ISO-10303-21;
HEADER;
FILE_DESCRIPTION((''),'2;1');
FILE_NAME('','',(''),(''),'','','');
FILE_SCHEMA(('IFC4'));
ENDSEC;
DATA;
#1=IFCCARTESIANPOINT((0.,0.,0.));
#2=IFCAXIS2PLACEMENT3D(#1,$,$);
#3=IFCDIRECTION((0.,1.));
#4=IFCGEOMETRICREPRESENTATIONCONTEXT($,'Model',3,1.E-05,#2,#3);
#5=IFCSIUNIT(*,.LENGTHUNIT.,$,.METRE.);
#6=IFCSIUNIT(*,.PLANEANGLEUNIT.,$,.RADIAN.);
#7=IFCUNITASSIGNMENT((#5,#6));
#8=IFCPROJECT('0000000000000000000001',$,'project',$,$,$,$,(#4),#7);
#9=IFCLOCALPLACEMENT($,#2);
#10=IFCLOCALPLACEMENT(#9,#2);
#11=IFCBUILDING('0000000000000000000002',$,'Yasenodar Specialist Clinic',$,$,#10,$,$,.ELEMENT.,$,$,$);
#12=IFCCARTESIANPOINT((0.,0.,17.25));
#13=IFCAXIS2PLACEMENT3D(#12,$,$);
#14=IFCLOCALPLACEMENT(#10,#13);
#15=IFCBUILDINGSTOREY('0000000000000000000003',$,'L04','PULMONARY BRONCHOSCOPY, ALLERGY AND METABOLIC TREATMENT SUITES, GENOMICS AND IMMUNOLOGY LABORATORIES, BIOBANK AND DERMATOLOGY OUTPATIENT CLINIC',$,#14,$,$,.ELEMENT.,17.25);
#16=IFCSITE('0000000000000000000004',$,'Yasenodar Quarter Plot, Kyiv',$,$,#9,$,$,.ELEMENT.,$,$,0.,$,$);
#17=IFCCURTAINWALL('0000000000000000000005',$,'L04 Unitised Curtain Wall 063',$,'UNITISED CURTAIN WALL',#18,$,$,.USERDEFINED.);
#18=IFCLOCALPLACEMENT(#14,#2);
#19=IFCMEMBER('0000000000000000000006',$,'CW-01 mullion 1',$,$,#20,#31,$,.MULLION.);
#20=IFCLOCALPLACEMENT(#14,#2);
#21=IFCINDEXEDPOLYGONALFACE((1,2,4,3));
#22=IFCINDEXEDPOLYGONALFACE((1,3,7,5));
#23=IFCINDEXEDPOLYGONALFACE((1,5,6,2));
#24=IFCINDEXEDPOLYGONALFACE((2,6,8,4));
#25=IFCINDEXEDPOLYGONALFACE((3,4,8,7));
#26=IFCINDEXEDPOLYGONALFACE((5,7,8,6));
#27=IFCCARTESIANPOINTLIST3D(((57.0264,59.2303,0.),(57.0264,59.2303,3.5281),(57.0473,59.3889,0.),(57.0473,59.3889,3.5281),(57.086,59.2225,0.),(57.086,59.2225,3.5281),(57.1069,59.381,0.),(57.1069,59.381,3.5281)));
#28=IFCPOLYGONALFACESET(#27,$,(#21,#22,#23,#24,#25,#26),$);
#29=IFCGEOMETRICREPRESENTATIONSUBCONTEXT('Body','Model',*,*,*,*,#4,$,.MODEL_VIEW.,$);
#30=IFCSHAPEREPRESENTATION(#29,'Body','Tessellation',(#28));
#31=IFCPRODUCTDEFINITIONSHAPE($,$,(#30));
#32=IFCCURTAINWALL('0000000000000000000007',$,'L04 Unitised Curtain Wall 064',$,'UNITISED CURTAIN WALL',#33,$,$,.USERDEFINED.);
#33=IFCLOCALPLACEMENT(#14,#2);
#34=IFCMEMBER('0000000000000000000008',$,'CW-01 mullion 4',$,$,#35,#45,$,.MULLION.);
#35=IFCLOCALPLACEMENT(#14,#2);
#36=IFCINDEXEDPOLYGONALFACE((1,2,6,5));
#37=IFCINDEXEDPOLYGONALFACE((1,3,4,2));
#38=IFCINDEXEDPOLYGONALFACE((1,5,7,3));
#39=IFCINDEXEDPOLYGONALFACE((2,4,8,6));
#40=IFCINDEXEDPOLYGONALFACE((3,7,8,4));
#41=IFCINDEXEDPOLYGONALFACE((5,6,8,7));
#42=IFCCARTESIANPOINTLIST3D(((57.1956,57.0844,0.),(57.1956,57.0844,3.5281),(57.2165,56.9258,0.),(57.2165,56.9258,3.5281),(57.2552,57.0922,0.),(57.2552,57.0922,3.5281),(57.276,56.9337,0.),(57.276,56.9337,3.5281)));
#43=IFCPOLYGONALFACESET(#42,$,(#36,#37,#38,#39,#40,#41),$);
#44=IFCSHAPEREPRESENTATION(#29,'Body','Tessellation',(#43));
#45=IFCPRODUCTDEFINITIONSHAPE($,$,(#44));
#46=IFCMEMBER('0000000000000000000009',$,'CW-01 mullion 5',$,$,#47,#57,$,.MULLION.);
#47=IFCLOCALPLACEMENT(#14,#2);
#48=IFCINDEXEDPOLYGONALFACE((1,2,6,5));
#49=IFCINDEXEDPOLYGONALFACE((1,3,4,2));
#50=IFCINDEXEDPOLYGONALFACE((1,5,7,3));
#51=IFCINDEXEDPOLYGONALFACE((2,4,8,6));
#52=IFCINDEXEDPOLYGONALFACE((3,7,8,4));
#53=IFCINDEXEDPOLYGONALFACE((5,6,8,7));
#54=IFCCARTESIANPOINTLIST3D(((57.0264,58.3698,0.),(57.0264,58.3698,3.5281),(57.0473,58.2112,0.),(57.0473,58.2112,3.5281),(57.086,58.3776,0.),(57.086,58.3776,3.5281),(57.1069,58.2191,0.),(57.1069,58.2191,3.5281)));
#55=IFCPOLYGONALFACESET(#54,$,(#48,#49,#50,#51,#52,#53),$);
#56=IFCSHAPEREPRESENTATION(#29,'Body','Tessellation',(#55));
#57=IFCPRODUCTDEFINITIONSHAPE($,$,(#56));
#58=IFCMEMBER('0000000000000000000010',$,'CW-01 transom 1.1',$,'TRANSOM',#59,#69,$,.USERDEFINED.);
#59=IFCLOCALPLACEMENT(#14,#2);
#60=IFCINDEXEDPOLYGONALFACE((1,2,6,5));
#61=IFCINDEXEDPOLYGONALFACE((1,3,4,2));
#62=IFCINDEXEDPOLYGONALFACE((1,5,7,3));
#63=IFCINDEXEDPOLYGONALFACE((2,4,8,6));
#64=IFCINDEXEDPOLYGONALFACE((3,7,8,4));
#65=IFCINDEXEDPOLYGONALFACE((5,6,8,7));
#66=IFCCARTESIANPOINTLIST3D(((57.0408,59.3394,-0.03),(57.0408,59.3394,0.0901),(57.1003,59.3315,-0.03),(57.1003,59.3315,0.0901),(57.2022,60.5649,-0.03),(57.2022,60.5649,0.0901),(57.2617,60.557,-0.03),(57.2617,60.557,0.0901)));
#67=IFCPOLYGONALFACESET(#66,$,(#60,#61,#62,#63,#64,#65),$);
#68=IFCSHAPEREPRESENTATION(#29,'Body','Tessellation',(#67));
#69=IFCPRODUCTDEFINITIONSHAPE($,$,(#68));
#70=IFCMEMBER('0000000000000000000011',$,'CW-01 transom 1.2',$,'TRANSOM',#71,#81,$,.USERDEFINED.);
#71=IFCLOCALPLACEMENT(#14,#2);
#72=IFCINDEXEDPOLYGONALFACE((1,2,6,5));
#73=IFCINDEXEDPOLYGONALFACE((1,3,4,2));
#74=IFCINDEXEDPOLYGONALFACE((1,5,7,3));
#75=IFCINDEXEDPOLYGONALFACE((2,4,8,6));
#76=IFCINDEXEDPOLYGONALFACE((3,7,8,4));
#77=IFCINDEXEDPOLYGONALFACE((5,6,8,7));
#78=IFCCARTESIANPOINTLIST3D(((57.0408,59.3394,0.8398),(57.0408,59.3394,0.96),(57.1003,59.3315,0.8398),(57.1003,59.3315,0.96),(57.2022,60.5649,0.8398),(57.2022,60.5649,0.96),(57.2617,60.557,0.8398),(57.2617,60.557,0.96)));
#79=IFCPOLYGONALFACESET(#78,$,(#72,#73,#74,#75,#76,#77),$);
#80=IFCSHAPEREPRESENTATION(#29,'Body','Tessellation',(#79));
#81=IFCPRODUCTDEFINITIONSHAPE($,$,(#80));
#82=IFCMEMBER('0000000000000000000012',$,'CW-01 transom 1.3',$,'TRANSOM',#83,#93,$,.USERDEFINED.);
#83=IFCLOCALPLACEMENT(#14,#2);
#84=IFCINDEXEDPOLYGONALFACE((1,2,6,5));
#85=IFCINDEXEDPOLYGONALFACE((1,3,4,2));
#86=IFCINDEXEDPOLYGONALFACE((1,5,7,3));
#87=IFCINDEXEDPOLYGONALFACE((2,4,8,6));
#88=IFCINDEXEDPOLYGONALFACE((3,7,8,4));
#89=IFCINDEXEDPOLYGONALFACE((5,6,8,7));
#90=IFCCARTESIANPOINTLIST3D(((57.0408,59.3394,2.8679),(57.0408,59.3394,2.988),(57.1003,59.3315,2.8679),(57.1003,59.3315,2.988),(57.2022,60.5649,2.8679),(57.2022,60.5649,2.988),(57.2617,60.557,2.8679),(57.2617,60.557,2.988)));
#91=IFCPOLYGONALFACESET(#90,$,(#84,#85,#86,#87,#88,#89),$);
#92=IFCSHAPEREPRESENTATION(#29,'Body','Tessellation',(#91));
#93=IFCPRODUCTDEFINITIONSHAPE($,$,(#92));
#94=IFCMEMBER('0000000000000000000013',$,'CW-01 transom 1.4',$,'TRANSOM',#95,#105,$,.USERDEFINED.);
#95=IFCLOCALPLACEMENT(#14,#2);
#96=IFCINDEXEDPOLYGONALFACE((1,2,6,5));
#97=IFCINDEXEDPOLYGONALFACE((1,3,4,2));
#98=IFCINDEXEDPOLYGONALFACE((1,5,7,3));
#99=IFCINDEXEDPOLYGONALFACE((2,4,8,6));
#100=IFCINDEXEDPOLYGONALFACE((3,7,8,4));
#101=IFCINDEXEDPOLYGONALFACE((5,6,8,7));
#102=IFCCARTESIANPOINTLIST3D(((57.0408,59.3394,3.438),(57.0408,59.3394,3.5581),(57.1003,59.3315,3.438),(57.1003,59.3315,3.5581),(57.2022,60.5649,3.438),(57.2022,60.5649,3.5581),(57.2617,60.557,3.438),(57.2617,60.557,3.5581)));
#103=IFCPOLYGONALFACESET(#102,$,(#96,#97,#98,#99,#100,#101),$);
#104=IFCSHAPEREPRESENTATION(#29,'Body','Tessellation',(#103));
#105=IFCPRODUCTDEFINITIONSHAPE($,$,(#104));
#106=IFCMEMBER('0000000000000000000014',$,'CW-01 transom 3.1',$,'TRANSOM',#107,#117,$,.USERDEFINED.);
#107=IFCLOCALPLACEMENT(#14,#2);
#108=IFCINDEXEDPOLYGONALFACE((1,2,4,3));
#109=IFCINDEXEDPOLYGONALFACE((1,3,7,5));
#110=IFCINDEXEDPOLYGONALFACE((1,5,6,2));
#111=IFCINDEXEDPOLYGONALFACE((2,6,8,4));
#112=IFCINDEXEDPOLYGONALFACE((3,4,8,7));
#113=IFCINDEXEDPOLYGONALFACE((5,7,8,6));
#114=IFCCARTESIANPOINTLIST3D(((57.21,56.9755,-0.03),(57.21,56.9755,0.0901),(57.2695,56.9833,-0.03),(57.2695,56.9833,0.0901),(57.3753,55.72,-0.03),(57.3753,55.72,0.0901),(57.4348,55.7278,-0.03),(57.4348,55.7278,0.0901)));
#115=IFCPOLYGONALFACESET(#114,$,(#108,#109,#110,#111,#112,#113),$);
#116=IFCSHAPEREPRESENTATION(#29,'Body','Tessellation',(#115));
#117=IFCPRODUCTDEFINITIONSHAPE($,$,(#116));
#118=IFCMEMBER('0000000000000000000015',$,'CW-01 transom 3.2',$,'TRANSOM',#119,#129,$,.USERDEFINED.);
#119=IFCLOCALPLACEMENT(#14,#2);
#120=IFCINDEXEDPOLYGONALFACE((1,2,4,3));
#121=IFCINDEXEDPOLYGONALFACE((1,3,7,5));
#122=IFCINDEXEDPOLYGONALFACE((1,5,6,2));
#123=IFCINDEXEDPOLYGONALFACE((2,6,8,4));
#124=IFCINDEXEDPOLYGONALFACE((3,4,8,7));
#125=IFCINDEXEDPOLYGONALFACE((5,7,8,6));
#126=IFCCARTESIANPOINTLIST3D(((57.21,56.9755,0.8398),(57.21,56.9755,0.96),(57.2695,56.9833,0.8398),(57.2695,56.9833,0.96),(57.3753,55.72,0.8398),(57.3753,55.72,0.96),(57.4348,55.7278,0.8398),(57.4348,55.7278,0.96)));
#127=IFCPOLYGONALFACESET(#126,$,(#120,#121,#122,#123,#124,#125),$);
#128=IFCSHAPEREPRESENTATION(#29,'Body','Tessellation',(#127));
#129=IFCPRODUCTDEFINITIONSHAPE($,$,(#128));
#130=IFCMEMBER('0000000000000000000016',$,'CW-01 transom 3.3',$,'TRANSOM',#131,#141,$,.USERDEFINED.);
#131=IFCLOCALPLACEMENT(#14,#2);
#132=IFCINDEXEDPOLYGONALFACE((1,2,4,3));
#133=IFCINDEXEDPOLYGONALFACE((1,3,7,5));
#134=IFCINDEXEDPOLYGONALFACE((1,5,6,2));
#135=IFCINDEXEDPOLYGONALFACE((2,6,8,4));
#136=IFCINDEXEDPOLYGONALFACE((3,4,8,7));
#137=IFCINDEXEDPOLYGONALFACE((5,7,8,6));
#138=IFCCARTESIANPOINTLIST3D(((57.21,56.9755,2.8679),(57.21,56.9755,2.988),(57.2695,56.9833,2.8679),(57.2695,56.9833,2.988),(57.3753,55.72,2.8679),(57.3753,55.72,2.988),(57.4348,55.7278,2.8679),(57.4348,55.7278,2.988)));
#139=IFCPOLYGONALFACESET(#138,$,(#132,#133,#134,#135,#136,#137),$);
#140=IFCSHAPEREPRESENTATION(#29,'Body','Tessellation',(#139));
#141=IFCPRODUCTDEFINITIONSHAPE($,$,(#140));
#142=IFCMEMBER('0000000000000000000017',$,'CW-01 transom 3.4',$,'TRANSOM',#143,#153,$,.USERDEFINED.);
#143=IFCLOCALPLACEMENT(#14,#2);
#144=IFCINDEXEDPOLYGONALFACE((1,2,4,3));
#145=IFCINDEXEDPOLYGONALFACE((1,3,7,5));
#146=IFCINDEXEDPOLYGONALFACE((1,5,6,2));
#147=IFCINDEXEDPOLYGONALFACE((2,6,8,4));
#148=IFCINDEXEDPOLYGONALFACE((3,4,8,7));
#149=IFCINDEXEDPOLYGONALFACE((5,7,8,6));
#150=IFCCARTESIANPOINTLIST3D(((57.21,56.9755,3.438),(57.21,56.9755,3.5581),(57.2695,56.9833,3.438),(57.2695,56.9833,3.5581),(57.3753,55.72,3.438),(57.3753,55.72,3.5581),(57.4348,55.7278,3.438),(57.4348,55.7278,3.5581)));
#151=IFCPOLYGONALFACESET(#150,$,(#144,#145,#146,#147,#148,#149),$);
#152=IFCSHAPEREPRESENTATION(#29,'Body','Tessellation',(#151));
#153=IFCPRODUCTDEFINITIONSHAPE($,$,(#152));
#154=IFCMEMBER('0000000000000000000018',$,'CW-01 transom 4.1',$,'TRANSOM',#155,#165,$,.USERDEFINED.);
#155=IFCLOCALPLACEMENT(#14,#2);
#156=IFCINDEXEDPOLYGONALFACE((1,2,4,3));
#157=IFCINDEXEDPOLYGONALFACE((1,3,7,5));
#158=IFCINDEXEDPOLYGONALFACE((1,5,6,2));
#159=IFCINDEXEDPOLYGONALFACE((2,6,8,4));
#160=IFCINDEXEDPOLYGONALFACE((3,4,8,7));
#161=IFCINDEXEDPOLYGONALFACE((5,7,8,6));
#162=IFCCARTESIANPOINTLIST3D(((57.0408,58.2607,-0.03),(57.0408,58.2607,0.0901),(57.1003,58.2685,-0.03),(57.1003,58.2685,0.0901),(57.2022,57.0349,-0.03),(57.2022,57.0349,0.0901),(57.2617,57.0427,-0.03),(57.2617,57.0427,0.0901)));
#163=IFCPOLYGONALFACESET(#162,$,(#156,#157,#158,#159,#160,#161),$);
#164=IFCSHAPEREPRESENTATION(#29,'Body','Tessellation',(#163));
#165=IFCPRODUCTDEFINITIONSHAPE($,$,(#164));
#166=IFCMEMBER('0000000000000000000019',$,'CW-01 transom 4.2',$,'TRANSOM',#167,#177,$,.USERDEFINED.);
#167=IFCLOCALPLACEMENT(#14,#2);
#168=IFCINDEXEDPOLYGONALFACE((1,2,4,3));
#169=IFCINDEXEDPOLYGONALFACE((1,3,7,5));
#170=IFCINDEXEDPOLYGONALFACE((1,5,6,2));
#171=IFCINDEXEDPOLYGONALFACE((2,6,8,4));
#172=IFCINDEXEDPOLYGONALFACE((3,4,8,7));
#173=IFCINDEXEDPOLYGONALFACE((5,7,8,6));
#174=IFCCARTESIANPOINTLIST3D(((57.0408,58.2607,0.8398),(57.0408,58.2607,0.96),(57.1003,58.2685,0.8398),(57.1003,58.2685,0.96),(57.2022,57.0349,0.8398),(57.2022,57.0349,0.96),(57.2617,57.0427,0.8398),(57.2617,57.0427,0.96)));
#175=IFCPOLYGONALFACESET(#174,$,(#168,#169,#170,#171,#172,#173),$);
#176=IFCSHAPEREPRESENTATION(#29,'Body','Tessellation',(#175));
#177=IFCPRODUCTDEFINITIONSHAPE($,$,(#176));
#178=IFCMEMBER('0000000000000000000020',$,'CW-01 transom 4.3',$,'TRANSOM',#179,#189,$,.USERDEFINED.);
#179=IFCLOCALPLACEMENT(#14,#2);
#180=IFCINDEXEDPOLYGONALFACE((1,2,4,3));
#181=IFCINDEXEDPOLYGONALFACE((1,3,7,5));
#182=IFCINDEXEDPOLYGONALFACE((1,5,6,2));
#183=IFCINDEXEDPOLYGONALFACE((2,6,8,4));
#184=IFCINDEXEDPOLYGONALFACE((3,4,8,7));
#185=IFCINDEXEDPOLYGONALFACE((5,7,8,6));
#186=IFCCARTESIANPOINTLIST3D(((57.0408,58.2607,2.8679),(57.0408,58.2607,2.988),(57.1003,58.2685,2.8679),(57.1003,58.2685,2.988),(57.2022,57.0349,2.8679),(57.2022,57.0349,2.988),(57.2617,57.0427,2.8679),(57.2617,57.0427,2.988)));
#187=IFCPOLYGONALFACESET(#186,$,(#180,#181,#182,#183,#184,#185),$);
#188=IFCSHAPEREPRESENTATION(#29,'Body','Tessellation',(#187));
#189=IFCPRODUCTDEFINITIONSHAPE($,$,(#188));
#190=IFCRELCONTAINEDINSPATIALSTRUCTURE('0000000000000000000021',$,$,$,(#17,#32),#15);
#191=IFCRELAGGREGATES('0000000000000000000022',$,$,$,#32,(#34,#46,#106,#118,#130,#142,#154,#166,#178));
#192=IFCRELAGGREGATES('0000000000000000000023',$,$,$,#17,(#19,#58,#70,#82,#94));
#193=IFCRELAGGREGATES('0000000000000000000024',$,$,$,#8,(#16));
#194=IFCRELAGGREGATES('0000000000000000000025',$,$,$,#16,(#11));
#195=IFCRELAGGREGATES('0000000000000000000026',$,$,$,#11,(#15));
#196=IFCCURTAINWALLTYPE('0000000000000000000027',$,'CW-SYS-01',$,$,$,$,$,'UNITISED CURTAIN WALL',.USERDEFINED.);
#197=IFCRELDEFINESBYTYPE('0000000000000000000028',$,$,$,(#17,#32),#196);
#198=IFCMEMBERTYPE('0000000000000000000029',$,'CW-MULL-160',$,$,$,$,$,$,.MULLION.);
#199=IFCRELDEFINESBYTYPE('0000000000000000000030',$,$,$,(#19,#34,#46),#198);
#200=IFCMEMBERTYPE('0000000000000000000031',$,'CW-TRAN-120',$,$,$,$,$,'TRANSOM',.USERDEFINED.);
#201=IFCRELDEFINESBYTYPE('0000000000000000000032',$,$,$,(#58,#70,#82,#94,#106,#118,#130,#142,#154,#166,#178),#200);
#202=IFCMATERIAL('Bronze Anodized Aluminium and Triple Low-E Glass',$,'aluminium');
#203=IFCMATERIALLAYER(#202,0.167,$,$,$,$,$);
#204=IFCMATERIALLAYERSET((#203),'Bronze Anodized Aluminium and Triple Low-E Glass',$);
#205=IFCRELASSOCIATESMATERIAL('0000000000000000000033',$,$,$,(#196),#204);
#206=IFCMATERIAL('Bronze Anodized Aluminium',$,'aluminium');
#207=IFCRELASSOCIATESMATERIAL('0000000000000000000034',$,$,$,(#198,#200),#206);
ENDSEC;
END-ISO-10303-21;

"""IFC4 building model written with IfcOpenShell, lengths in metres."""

from ifc_helpers import new_model, si_unit, direction, frame, origin, origin_2d, place, context, subcontext, project, spatial, rectangle, extrude, material, layer, layer_set, material_profile, profile_set, type_object, element, aggregate, save


model = new_model("IFC4")

# Units and contexts
model_context = context("Model", 3, precision=1e-05, world=origin(), true_north=direction((0.0, 1.0)))
body_context = subcontext(model_context, "Body", "Model", "MODEL_VIEW")
ifc_project = project(units=[si_unit("LENGTHUNIT", "METRE"), si_unit("PLANEANGLEUNIT", "RADIAN")], contexts=[model_context])

# Site, building, storey
site_placement = place(None, origin())
site = spatial("IfcSite", under=ifc_project, at=site_placement, Name="Yasenodar Quarter Plot, Kyiv", CompositionType="ELEMENT", RefElevation=0.0)
building_placement = place(site_placement, origin())
building = spatial("IfcBuilding", under=site, at=building_placement, Name="Yasenodar Specialist Clinic", CompositionType="ELEMENT")
storey_placement = place(building_placement, frame((0.0, 0.0, 17.25)))
storey = spatial("IfcBuildingStorey", under=building, at=storey_placement, Name="L04", Description="PULMONARY BRONCHOSCOPY, ALLERGY AND METABOLIC TREATMENT SUITES, GENOMICS AND IMMUNOLOGY LABORATORIES, BIOBANK AND DERMATOLOGY OUTPATIENT CLINIC", CompositionType="ELEMENT", Elevation=17.25)

# Curtain wall, member
ifc_material_1 = material(Name="Bronze Anodized Aluminium and Triple Low-E Glass", Category="aluminium")
ifc_layer_1 = layer(ifc_material_1, 0.167)
ifc_layer_set_1 = layer_set([ifc_layer_1], Name="Bronze Anodized Aluminium and Triple Low-E Glass")
curtain_wall_type = type_object("IfcCurtainWallType", Name="CW-SYS-01", ElementType="UNITISED CURTAIN WALL", PredefinedType="USERDEFINED", material=ifc_layer_set_1)
curtain_wall_1_placement = place(storey_placement, origin())
curtain_wall_1 = element("IfcCurtainWall", 1, at=curtain_wall_1_placement, inside=storey, type_object=curtain_wall_type, Name="L04 Unitised Curtain Wall 063", ObjectType="UNITISED CURTAIN WALL", PredefinedType="USERDEFINED")
ifc_material_2 = material(Name="Bronze Anodized Aluminium", Category="aluminium")
ifc_material_profile_1 = material_profile(ifc_material_2, rectangle(XDim=0.0601, YDim=0.1599, at=origin_2d()), Name="CW-MULL 60x160")
ifc_profile_set_1 = profile_set([ifc_material_profile_1], Name="Bronze Anodized Aluminium")
member_type_1 = type_object("IfcMemberType", Name="CW-MULL-160", PredefinedType="MULLION", material=ifc_profile_set_1)
member_1_placement = place(storey_placement, frame((57.0667, 59.3057, 0.0), z_axis=(0.0, 0.0, 1.0), x_axis=(-0.991447, 0.130512, 0.0)))
member_1 = element("IfcMember", 2, at=member_1_placement, type_object=member_type_1, Name="CW-01 mullion 1", PredefinedType="MULLION", context=body_context, shape_type="SweptSolid", body=[
    extrude(rectangle(XDim=0.0601, YDim=0.1599, at=origin_2d()), origin(), (0.0, 0.0, 1.0), 3.5281),
])

# Curtain wall, members
curtain_wall_2_placement = place(storey_placement, origin())
curtain_wall_2 = element("IfcCurtainWall", 3, at=curtain_wall_2_placement, inside=storey, type_object=curtain_wall_type, Name="L04 Unitised Curtain Wall 064", ObjectType="UNITISED CURTAIN WALL", PredefinedType="USERDEFINED")
member_2_placement = place(storey_placement, frame((57.2358, 57.009, 0.0), z_axis=(0.0, 0.0, 1.0), x_axis=(-0.991447, -0.130512, 0.0)))
member_2 = element("IfcMember", 4, at=member_2_placement, type_object=member_type_1, Name="CW-01 mullion 4", PredefinedType="MULLION", context=body_context, shape_type="SweptSolid", body=[
    extrude(rectangle(XDim=0.0601, YDim=0.1599, at=origin_2d()), origin(), (0.0, 0.0, 1.0), 3.5281),
])
member_3_placement = place(storey_placement, frame((57.0667, 58.2944, 0.0), z_axis=(0.0, 0.0, 1.0), x_axis=(-0.991447, -0.130512, 0.0)))
member_3 = element("IfcMember", 5, at=member_3_placement, type_object=member_type_1, Name="CW-01 mullion 5", PredefinedType="MULLION", context=body_context, shape_type="SweptSolid", body=[
    extrude(rectangle(XDim=0.0601, YDim=0.1599, at=origin_2d()), origin(), (0.0, 0.0, 1.0), 3.5281),
])

# Members
ifc_material_profile_2 = material_profile(ifc_material_2, rectangle(XDim=0.0601, YDim=0.1201, at=origin_2d()), Name="CW-TRAN 60x120")
ifc_profile_set_2 = profile_set([ifc_material_profile_2], Name="Bronze Anodized Aluminium")
member_type_2 = type_object("IfcMemberType", Name="CW-TRAN-120", ElementType="TRANSOM", PredefinedType="USERDEFINED", material=ifc_profile_set_2)
member_4_placement = place(storey_placement, frame((57.0706, 59.3354, 0.03), z_axis=(0.130546, 0.991442, 0.0), x_axis=(-0.991442, 0.130546, 0.0)))
member_4 = element("IfcMember", 6, at=member_4_placement, type_object=member_type_2, Name="CW-01 transom 1.1", ObjectType="TRANSOM", PredefinedType="USERDEFINED", context=body_context, shape_type="SweptSolid", body=[
    extrude(rectangle(XDim=0.0601, YDim=0.1201, at=origin_2d()), origin(), (0.0, 0.0, 1.0), 1.2361),
])
member_5_placement = place(storey_placement, frame((57.0706, 59.3354, 0.8999), z_axis=(0.130546, 0.991442, 0.0), x_axis=(-0.991442, 0.130546, 0.0)))
member_5 = element("IfcMember", 7, at=member_5_placement, type_object=member_type_2, Name="CW-01 transom 1.2", ObjectType="TRANSOM", PredefinedType="USERDEFINED", context=body_context, shape_type="SweptSolid", body=[
    extrude(rectangle(XDim=0.0601, YDim=0.1201, at=origin_2d()), origin(), (0.0, 0.0, 1.0), 1.2361),
])
member_6_placement = place(storey_placement, frame((57.0706, 59.3354, 2.928), z_axis=(0.130546, 0.991442, 0.0), x_axis=(-0.991442, 0.130546, 0.0)))
member_6 = element("IfcMember", 8, at=member_6_placement, type_object=member_type_2, Name="CW-01 transom 1.3", ObjectType="TRANSOM", PredefinedType="USERDEFINED", context=body_context, shape_type="SweptSolid", body=[
    extrude(rectangle(XDim=0.0601, YDim=0.1201, at=origin_2d()), origin(), (0.0, 0.0, 1.0), 1.2361),
])
member_7_placement = place(storey_placement, frame((57.0706, 59.3354, 3.498), z_axis=(0.130546, 0.991442, 0.0), x_axis=(-0.991442, 0.130546, 0.0)))
member_7 = element("IfcMember", 9, at=member_7_placement, type_object=member_type_2, Name="CW-01 transom 1.4", ObjectType="TRANSOM", PredefinedType="USERDEFINED", context=body_context, shape_type="SweptSolid", body=[
    extrude(rectangle(XDim=0.0601, YDim=0.1201, at=origin_2d()), origin(), (0.0, 0.0, 1.0), 1.2361),
])
member_8_placement = place(storey_placement, frame((57.405, 55.7239, 0.03), z_axis=(-0.130509, 0.991447, 0.0), x_axis=(-0.991447, -0.130509, 0.0)))
member_8 = element("IfcMember", 10, at=member_8_placement, type_object=member_type_2, Name="CW-01 transom 3.1", ObjectType="TRANSOM", PredefinedType="USERDEFINED", context=body_context, shape_type="SweptSolid", body=[
    extrude(rectangle(XDim=0.0601, YDim=0.1201, at=origin_2d()), origin(), (0.0, 0.0, 1.0), 1.2664),
])
member_9_placement = place(storey_placement, frame((57.405, 55.7239, 0.8999), z_axis=(-0.130509, 0.991447, 0.0), x_axis=(-0.991447, -0.130509, 0.0)))
member_9 = element("IfcMember", 11, at=member_9_placement, type_object=member_type_2, Name="CW-01 transom 3.2", ObjectType="TRANSOM", PredefinedType="USERDEFINED", context=body_context, shape_type="SweptSolid", body=[
    extrude(rectangle(XDim=0.0601, YDim=0.1201, at=origin_2d()), origin(), (0.0, 0.0, 1.0), 1.2664),
])
member_10_placement = place(storey_placement, frame((57.405, 55.7239, 2.928), z_axis=(-0.130509, 0.991447, 0.0), x_axis=(-0.991447, -0.130509, 0.0)))
member_10 = element("IfcMember", 12, at=member_10_placement, type_object=member_type_2, Name="CW-01 transom 3.3", ObjectType="TRANSOM", PredefinedType="USERDEFINED", context=body_context, shape_type="SweptSolid", body=[
    extrude(rectangle(XDim=0.0601, YDim=0.1201, at=origin_2d()), origin(), (0.0, 0.0, 1.0), 1.2664),
])
member_11_placement = place(storey_placement, frame((57.405, 55.7239, 3.498), z_axis=(-0.130509, 0.991447, 0.0), x_axis=(-0.991447, -0.130509, 0.0)))
member_11 = element("IfcMember", 13, at=member_11_placement, type_object=member_type_2, Name="CW-01 transom 3.4", ObjectType="TRANSOM", PredefinedType="USERDEFINED", context=body_context, shape_type="SweptSolid", body=[
    extrude(rectangle(XDim=0.0601, YDim=0.1201, at=origin_2d()), origin(), (0.0, 0.0, 1.0), 1.2664),
])
member_12_placement = place(storey_placement, frame((57.2319, 57.0388, 0.03), z_axis=(-0.130521, 0.991446, 0.0), x_axis=(-0.991446, -0.130521, 0.0)))
member_12 = element("IfcMember", 14, at=member_12_placement, type_object=member_type_2, Name="CW-01 transom 4.1", ObjectType="TRANSOM", PredefinedType="USERDEFINED", context=body_context, shape_type="SweptSolid", body=[
    extrude(rectangle(XDim=0.0601, YDim=0.1201, at=origin_2d()), origin(), (0.0, 0.0, 1.0), 1.2363),
])
member_13_placement = place(storey_placement, frame((57.2319, 57.0388, 0.8999), z_axis=(-0.130521, 0.991446, 0.0), x_axis=(-0.991446, -0.130521, 0.0)))
member_13 = element("IfcMember", 15, at=member_13_placement, type_object=member_type_2, Name="CW-01 transom 4.2", ObjectType="TRANSOM", PredefinedType="USERDEFINED", context=body_context, shape_type="SweptSolid", body=[
    extrude(rectangle(XDim=0.0601, YDim=0.1201, at=origin_2d()), origin(), (0.0, 0.0, 1.0), 1.2363),
])
member_14_placement = place(storey_placement, frame((57.2319, 57.0388, 2.928), z_axis=(-0.130521, 0.991446, 0.0), x_axis=(-0.991446, -0.130521, 0.0)))
member_14 = element("IfcMember", 16, at=member_14_placement, type_object=member_type_2, Name="CW-01 transom 4.3", ObjectType="TRANSOM", PredefinedType="USERDEFINED", context=body_context, shape_type="SweptSolid", body=[
    extrude(rectangle(XDim=0.0601, YDim=0.1201, at=origin_2d()), origin(), (0.0, 0.0, 1.0), 1.2363),
])

aggregate(curtain_wall_2, [member_2, member_3, member_8, member_9, member_10, member_11, member_12, member_13, member_14])
aggregate(curtain_wall_1, [member_1, member_4, member_5, member_6, member_7])

save(model, "model.ifc")
